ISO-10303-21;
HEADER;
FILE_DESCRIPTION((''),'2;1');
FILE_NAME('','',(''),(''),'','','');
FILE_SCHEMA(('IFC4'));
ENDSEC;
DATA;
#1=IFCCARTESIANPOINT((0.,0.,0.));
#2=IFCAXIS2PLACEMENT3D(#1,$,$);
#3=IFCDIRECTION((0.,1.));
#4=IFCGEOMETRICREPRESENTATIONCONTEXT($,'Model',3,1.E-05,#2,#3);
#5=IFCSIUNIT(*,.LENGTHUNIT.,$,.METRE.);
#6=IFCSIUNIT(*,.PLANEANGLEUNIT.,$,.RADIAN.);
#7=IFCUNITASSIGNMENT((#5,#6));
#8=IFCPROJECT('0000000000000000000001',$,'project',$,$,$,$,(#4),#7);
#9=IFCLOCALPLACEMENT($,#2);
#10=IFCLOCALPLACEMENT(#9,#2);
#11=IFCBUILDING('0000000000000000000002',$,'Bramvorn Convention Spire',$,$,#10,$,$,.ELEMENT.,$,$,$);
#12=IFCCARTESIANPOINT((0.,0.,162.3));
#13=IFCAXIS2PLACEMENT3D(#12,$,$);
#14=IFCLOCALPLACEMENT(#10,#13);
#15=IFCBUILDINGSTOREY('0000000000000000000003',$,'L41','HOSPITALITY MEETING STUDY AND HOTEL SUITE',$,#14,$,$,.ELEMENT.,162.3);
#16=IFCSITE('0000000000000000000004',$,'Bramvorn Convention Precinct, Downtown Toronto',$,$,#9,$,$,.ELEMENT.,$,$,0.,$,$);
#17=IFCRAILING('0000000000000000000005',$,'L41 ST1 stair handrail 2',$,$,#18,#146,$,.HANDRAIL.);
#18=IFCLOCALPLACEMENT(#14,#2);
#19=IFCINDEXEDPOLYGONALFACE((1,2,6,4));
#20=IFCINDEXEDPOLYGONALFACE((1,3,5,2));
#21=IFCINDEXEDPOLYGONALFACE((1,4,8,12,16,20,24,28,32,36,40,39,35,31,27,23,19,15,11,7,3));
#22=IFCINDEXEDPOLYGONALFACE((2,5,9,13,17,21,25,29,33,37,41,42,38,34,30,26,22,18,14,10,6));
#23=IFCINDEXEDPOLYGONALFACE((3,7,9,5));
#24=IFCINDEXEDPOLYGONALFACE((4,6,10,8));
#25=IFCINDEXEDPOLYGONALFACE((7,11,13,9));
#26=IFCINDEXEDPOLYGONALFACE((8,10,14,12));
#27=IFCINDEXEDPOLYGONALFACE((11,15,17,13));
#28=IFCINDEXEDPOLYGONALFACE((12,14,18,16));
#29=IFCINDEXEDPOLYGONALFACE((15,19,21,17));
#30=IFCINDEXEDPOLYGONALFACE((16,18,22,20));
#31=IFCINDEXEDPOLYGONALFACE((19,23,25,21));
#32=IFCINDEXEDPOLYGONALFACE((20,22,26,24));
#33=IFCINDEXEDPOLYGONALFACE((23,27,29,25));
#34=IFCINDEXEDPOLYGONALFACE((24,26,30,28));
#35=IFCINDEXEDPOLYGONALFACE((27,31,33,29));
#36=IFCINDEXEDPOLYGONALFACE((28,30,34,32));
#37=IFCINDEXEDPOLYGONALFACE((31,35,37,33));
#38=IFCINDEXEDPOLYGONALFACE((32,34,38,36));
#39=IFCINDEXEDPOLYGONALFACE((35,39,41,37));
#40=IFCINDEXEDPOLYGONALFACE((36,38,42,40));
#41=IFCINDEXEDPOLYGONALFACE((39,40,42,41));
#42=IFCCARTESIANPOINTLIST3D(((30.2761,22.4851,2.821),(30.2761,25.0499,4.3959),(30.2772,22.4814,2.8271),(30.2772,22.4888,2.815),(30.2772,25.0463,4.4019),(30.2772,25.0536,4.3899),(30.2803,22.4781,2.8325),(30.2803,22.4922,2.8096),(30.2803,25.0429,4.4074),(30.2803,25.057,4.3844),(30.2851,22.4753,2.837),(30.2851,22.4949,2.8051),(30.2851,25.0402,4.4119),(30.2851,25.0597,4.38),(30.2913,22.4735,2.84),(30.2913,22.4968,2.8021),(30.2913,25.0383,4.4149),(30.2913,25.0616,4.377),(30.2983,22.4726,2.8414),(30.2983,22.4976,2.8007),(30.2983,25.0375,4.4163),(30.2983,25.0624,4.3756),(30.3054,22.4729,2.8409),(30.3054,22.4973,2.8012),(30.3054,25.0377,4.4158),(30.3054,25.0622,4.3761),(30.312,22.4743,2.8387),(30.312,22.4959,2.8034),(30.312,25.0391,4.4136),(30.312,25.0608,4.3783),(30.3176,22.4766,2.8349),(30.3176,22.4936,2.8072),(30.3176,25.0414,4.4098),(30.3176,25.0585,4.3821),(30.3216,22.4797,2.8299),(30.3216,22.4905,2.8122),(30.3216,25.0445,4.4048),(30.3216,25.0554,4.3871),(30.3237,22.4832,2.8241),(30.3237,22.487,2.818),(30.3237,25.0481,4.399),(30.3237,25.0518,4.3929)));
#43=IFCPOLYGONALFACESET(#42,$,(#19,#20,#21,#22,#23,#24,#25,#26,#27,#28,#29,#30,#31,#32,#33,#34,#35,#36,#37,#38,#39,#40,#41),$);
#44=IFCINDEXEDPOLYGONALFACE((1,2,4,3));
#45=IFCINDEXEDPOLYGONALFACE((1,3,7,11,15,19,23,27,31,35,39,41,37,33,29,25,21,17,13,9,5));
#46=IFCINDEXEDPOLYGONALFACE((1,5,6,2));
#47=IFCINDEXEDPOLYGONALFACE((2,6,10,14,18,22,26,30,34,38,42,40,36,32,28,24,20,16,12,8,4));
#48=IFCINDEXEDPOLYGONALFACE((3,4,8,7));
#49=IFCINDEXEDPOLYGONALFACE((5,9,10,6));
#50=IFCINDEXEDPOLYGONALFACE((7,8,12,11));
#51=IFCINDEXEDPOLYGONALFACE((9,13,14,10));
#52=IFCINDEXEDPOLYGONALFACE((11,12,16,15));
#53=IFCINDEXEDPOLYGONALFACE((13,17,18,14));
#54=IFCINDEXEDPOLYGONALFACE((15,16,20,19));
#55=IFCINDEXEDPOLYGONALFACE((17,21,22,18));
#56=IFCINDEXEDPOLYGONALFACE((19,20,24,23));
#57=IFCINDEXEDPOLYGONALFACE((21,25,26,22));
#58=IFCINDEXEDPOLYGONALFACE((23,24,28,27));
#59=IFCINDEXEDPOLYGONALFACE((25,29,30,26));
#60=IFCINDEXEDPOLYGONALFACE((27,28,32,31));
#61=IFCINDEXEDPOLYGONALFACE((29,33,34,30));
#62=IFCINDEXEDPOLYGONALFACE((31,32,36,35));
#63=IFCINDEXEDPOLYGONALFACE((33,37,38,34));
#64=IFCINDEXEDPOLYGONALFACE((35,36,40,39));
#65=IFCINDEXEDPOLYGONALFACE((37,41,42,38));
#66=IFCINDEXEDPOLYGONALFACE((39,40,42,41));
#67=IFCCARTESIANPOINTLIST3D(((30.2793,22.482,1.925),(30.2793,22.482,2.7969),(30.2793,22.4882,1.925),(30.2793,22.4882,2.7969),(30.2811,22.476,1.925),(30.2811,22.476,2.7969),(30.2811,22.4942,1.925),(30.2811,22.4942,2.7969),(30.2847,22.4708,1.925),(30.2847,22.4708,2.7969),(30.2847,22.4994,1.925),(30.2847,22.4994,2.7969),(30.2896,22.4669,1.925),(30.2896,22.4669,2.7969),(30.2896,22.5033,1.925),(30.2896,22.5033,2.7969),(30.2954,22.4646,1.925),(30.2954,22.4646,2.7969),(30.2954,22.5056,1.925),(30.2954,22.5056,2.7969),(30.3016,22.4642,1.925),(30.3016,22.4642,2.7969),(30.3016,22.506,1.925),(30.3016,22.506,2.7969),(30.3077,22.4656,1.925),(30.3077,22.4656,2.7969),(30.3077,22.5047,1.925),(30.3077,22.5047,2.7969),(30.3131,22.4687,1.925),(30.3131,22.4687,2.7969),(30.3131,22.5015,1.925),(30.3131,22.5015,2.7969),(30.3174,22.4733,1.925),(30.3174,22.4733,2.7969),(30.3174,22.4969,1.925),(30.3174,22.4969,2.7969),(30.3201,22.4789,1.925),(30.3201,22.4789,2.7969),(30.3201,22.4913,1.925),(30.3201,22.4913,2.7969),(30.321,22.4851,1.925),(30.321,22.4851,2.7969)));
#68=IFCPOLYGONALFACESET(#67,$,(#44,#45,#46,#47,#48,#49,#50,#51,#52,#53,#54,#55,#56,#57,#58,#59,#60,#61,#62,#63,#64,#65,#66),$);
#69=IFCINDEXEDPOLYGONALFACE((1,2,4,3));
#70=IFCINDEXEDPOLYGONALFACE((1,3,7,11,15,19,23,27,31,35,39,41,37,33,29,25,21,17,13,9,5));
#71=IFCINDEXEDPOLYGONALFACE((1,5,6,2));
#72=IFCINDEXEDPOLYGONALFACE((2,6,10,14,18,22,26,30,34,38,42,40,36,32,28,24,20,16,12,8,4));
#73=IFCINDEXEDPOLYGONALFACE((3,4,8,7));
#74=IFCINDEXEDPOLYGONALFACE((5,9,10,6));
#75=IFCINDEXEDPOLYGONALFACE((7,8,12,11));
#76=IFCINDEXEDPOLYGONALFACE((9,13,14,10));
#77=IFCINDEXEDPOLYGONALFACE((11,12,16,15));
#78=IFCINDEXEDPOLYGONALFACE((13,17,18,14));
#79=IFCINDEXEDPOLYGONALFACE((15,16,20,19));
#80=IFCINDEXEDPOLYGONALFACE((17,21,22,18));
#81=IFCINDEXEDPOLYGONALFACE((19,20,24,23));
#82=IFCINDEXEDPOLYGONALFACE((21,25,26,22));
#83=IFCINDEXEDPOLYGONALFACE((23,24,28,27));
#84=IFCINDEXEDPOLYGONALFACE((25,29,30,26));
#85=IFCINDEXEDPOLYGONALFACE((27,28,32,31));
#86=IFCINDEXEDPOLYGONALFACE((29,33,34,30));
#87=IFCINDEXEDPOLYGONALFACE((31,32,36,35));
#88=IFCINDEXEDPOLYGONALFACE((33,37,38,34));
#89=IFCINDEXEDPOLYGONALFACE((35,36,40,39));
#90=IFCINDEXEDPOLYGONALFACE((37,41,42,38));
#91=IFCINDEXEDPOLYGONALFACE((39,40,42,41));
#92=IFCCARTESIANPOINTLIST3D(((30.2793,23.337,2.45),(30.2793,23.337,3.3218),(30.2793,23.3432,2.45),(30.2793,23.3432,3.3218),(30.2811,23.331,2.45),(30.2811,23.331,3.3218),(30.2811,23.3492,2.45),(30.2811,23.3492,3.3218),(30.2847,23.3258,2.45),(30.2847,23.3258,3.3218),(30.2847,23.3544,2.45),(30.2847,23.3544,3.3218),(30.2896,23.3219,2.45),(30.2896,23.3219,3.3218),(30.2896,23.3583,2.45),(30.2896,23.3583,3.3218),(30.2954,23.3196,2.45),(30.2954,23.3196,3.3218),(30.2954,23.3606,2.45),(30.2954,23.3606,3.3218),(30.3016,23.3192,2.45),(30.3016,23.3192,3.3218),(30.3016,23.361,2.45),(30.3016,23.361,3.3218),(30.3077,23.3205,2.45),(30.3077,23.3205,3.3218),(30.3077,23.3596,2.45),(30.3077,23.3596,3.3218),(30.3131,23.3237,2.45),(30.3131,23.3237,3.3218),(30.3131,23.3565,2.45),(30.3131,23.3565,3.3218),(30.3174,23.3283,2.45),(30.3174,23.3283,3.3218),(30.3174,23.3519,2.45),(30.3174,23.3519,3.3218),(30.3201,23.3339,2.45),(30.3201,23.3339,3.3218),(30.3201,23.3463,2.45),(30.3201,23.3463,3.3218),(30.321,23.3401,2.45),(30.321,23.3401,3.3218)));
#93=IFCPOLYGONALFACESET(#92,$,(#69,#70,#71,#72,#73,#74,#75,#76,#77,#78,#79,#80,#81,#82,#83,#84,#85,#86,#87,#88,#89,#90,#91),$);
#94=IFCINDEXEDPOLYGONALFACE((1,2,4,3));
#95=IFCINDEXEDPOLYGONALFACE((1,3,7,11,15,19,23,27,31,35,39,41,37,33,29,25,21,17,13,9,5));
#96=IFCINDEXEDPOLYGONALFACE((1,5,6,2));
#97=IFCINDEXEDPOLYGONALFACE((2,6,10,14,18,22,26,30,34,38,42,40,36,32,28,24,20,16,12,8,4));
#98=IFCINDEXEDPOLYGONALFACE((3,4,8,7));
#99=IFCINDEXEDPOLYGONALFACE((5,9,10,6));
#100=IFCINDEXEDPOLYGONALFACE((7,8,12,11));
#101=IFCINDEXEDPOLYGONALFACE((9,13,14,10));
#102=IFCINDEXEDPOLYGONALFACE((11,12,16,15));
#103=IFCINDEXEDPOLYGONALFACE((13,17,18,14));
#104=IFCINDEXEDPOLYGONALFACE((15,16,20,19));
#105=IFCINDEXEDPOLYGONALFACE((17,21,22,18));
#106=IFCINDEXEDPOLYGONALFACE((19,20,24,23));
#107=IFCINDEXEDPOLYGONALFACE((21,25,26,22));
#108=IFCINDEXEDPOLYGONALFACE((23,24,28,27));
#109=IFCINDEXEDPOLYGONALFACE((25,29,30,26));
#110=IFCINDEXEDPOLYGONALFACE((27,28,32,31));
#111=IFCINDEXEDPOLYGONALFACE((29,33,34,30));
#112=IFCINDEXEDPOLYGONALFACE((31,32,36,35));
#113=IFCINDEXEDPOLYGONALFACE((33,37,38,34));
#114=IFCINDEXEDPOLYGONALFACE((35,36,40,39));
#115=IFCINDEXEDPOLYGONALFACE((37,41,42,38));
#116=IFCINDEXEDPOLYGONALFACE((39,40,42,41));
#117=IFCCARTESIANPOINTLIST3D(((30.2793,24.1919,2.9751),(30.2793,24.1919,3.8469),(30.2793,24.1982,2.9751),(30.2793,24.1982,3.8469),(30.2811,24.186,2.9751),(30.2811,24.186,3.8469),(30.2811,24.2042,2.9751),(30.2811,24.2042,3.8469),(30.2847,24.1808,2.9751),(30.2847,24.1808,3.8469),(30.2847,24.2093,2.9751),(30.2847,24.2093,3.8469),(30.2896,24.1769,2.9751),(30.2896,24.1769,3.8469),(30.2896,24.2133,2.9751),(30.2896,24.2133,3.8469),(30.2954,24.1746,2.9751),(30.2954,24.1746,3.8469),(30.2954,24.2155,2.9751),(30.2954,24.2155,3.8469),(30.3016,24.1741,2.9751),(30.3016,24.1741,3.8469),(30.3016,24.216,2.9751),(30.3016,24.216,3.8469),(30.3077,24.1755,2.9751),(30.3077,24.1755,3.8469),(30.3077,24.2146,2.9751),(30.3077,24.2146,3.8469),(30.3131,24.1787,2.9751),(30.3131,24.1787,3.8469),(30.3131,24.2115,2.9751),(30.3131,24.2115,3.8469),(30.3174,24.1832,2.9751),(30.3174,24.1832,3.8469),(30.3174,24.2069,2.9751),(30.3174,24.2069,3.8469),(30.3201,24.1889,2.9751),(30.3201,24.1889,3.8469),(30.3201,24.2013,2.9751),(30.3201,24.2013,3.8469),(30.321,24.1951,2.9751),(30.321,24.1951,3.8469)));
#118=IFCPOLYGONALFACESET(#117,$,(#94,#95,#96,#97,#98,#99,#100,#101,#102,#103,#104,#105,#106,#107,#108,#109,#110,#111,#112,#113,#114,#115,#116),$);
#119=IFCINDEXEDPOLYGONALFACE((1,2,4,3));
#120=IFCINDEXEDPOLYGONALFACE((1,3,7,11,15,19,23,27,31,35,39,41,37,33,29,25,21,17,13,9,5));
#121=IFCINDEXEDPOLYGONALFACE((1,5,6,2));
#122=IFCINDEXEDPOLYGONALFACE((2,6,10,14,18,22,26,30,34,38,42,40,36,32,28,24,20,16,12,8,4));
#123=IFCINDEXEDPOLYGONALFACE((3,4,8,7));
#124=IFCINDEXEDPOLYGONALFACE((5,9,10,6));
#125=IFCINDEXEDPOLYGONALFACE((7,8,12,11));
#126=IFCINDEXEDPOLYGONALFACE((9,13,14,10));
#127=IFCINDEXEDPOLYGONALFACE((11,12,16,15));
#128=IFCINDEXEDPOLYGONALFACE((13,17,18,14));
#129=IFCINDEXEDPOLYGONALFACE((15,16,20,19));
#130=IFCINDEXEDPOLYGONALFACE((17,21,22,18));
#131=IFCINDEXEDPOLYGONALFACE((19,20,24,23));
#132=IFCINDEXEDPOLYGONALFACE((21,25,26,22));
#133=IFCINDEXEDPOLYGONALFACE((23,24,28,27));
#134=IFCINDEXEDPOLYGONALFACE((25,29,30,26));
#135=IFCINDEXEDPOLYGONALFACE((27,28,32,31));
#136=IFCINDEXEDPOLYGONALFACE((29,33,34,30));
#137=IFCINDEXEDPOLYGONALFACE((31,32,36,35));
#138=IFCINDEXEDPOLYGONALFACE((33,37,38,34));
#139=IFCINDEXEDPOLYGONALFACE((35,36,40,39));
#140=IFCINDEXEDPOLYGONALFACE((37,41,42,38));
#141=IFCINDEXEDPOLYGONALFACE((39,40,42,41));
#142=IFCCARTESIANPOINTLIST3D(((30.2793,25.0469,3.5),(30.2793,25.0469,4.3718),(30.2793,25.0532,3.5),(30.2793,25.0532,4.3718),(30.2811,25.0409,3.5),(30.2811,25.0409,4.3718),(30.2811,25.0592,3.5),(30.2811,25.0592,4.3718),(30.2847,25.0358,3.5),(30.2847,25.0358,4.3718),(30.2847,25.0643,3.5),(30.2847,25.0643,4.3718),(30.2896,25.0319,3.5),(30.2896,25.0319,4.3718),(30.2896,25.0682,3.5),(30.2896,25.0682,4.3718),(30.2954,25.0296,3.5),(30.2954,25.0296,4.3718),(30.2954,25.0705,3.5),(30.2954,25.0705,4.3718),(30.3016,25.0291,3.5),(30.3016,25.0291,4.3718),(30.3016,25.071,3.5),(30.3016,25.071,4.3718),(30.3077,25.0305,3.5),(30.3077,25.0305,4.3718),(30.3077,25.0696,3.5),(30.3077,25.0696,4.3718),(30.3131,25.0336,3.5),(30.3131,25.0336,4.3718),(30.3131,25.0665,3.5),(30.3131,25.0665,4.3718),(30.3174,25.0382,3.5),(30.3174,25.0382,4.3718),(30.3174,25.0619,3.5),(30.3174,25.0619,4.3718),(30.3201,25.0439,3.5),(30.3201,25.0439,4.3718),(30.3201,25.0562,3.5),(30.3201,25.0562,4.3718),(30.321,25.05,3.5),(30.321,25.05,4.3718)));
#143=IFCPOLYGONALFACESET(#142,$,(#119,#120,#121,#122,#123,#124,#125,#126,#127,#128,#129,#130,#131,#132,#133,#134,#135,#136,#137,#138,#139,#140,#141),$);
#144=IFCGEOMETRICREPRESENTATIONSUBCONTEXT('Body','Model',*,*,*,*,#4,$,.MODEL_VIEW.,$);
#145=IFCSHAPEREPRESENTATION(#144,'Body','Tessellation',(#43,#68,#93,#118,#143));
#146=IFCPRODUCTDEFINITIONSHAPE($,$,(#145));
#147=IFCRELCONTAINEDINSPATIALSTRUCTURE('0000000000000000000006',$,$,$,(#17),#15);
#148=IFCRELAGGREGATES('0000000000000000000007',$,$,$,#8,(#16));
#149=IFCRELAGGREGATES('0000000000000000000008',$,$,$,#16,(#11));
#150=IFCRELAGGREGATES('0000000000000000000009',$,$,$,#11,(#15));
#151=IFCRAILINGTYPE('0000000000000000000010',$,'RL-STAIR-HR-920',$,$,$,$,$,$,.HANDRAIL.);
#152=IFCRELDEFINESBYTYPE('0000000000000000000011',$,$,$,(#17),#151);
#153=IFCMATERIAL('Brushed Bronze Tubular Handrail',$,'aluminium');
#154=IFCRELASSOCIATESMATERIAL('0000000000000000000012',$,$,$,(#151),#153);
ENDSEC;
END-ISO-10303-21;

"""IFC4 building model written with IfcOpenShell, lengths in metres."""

from ifc_helpers import new_model, si_unit, direction, frame, origin, origin_2d, place, context, subcontext, project, spatial, circle, extrude, material, type_object, element, save


model = new_model("IFC4")

# Units and contexts
model_context = context("Model", 3, precision=1e-05, world=origin(), true_north=direction((0.0, 1.0)))
body_context = subcontext(model_context, "Body", "Model", "MODEL_VIEW")
ifc_project = project(units=[si_unit("LENGTHUNIT", "METRE"), si_unit("PLANEANGLEUNIT", "RADIAN")], contexts=[model_context])

# Site, building, storey
site_placement = place(None, origin())
site = spatial("IfcSite", under=ifc_project, at=site_placement, Name="Bramvorn Convention Precinct, Downtown Toronto", CompositionType="ELEMENT", RefElevation=0.0)
building_placement = place(site_placement, origin())
building = spatial("IfcBuilding", under=site, at=building_placement, Name="Bramvorn Convention Spire", CompositionType="ELEMENT")
storey_placement = place(building_placement, frame((0.0, 0.0, 162.3)))
storey = spatial("IfcBuildingStorey", under=building, at=storey_placement, Name="L41", Description="HOSPITALITY MEETING STUDY AND HOTEL SUITE", CompositionType="ELEMENT", Elevation=162.3)

# Railing
ifc_material_1 = material(Name="Brushed Bronze Tubular Handrail", Category="aluminium")
railing_type_1 = type_object("IfcRailingType", Name="RL-STAIR-HR-920", PredefinedType="HANDRAIL", material=ifc_material_1)
railing_1_placement = place(storey_placement, frame((30.3, 22.4851, 1.925)))
element("IfcRailing", 1, at=railing_1_placement, inside=storey, type_object=railing_type_1, Name="L41 ST1 stair handrail 2", PredefinedType="HANDRAIL", context=body_context, shape_type="SweptSolid", body=[
    extrude(circle(Radius=0.0239, at=origin_2d()), frame((0.0, 0.0, 0.896), z_axis=(0.0, 0.852173, 0.52326), x_axis=(-1.0, 0.0, 0.0)), (0.0, 0.0, 1.0), 3.0098),
    extrude(circle(Radius=0.021, at=origin_2d()), origin(), (0.0, 0.0, 1.0), 0.8718),
    extrude(circle(Radius=0.021, at=origin_2d()), frame((0.0, 0.855, 0.5249)), (0.0, 0.0, 1.0), 0.8718),
    extrude(circle(Radius=0.021, at=origin_2d()), frame((0.0, 1.71, 1.05)), (0.0, 0.0, 1.0), 0.8718),
    extrude(circle(Radius=0.021, at=origin_2d()), frame((0.0, 2.5649, 1.575)), (0.0, 0.0, 1.0), 0.8718),
])

save(model, "model.ifc")
